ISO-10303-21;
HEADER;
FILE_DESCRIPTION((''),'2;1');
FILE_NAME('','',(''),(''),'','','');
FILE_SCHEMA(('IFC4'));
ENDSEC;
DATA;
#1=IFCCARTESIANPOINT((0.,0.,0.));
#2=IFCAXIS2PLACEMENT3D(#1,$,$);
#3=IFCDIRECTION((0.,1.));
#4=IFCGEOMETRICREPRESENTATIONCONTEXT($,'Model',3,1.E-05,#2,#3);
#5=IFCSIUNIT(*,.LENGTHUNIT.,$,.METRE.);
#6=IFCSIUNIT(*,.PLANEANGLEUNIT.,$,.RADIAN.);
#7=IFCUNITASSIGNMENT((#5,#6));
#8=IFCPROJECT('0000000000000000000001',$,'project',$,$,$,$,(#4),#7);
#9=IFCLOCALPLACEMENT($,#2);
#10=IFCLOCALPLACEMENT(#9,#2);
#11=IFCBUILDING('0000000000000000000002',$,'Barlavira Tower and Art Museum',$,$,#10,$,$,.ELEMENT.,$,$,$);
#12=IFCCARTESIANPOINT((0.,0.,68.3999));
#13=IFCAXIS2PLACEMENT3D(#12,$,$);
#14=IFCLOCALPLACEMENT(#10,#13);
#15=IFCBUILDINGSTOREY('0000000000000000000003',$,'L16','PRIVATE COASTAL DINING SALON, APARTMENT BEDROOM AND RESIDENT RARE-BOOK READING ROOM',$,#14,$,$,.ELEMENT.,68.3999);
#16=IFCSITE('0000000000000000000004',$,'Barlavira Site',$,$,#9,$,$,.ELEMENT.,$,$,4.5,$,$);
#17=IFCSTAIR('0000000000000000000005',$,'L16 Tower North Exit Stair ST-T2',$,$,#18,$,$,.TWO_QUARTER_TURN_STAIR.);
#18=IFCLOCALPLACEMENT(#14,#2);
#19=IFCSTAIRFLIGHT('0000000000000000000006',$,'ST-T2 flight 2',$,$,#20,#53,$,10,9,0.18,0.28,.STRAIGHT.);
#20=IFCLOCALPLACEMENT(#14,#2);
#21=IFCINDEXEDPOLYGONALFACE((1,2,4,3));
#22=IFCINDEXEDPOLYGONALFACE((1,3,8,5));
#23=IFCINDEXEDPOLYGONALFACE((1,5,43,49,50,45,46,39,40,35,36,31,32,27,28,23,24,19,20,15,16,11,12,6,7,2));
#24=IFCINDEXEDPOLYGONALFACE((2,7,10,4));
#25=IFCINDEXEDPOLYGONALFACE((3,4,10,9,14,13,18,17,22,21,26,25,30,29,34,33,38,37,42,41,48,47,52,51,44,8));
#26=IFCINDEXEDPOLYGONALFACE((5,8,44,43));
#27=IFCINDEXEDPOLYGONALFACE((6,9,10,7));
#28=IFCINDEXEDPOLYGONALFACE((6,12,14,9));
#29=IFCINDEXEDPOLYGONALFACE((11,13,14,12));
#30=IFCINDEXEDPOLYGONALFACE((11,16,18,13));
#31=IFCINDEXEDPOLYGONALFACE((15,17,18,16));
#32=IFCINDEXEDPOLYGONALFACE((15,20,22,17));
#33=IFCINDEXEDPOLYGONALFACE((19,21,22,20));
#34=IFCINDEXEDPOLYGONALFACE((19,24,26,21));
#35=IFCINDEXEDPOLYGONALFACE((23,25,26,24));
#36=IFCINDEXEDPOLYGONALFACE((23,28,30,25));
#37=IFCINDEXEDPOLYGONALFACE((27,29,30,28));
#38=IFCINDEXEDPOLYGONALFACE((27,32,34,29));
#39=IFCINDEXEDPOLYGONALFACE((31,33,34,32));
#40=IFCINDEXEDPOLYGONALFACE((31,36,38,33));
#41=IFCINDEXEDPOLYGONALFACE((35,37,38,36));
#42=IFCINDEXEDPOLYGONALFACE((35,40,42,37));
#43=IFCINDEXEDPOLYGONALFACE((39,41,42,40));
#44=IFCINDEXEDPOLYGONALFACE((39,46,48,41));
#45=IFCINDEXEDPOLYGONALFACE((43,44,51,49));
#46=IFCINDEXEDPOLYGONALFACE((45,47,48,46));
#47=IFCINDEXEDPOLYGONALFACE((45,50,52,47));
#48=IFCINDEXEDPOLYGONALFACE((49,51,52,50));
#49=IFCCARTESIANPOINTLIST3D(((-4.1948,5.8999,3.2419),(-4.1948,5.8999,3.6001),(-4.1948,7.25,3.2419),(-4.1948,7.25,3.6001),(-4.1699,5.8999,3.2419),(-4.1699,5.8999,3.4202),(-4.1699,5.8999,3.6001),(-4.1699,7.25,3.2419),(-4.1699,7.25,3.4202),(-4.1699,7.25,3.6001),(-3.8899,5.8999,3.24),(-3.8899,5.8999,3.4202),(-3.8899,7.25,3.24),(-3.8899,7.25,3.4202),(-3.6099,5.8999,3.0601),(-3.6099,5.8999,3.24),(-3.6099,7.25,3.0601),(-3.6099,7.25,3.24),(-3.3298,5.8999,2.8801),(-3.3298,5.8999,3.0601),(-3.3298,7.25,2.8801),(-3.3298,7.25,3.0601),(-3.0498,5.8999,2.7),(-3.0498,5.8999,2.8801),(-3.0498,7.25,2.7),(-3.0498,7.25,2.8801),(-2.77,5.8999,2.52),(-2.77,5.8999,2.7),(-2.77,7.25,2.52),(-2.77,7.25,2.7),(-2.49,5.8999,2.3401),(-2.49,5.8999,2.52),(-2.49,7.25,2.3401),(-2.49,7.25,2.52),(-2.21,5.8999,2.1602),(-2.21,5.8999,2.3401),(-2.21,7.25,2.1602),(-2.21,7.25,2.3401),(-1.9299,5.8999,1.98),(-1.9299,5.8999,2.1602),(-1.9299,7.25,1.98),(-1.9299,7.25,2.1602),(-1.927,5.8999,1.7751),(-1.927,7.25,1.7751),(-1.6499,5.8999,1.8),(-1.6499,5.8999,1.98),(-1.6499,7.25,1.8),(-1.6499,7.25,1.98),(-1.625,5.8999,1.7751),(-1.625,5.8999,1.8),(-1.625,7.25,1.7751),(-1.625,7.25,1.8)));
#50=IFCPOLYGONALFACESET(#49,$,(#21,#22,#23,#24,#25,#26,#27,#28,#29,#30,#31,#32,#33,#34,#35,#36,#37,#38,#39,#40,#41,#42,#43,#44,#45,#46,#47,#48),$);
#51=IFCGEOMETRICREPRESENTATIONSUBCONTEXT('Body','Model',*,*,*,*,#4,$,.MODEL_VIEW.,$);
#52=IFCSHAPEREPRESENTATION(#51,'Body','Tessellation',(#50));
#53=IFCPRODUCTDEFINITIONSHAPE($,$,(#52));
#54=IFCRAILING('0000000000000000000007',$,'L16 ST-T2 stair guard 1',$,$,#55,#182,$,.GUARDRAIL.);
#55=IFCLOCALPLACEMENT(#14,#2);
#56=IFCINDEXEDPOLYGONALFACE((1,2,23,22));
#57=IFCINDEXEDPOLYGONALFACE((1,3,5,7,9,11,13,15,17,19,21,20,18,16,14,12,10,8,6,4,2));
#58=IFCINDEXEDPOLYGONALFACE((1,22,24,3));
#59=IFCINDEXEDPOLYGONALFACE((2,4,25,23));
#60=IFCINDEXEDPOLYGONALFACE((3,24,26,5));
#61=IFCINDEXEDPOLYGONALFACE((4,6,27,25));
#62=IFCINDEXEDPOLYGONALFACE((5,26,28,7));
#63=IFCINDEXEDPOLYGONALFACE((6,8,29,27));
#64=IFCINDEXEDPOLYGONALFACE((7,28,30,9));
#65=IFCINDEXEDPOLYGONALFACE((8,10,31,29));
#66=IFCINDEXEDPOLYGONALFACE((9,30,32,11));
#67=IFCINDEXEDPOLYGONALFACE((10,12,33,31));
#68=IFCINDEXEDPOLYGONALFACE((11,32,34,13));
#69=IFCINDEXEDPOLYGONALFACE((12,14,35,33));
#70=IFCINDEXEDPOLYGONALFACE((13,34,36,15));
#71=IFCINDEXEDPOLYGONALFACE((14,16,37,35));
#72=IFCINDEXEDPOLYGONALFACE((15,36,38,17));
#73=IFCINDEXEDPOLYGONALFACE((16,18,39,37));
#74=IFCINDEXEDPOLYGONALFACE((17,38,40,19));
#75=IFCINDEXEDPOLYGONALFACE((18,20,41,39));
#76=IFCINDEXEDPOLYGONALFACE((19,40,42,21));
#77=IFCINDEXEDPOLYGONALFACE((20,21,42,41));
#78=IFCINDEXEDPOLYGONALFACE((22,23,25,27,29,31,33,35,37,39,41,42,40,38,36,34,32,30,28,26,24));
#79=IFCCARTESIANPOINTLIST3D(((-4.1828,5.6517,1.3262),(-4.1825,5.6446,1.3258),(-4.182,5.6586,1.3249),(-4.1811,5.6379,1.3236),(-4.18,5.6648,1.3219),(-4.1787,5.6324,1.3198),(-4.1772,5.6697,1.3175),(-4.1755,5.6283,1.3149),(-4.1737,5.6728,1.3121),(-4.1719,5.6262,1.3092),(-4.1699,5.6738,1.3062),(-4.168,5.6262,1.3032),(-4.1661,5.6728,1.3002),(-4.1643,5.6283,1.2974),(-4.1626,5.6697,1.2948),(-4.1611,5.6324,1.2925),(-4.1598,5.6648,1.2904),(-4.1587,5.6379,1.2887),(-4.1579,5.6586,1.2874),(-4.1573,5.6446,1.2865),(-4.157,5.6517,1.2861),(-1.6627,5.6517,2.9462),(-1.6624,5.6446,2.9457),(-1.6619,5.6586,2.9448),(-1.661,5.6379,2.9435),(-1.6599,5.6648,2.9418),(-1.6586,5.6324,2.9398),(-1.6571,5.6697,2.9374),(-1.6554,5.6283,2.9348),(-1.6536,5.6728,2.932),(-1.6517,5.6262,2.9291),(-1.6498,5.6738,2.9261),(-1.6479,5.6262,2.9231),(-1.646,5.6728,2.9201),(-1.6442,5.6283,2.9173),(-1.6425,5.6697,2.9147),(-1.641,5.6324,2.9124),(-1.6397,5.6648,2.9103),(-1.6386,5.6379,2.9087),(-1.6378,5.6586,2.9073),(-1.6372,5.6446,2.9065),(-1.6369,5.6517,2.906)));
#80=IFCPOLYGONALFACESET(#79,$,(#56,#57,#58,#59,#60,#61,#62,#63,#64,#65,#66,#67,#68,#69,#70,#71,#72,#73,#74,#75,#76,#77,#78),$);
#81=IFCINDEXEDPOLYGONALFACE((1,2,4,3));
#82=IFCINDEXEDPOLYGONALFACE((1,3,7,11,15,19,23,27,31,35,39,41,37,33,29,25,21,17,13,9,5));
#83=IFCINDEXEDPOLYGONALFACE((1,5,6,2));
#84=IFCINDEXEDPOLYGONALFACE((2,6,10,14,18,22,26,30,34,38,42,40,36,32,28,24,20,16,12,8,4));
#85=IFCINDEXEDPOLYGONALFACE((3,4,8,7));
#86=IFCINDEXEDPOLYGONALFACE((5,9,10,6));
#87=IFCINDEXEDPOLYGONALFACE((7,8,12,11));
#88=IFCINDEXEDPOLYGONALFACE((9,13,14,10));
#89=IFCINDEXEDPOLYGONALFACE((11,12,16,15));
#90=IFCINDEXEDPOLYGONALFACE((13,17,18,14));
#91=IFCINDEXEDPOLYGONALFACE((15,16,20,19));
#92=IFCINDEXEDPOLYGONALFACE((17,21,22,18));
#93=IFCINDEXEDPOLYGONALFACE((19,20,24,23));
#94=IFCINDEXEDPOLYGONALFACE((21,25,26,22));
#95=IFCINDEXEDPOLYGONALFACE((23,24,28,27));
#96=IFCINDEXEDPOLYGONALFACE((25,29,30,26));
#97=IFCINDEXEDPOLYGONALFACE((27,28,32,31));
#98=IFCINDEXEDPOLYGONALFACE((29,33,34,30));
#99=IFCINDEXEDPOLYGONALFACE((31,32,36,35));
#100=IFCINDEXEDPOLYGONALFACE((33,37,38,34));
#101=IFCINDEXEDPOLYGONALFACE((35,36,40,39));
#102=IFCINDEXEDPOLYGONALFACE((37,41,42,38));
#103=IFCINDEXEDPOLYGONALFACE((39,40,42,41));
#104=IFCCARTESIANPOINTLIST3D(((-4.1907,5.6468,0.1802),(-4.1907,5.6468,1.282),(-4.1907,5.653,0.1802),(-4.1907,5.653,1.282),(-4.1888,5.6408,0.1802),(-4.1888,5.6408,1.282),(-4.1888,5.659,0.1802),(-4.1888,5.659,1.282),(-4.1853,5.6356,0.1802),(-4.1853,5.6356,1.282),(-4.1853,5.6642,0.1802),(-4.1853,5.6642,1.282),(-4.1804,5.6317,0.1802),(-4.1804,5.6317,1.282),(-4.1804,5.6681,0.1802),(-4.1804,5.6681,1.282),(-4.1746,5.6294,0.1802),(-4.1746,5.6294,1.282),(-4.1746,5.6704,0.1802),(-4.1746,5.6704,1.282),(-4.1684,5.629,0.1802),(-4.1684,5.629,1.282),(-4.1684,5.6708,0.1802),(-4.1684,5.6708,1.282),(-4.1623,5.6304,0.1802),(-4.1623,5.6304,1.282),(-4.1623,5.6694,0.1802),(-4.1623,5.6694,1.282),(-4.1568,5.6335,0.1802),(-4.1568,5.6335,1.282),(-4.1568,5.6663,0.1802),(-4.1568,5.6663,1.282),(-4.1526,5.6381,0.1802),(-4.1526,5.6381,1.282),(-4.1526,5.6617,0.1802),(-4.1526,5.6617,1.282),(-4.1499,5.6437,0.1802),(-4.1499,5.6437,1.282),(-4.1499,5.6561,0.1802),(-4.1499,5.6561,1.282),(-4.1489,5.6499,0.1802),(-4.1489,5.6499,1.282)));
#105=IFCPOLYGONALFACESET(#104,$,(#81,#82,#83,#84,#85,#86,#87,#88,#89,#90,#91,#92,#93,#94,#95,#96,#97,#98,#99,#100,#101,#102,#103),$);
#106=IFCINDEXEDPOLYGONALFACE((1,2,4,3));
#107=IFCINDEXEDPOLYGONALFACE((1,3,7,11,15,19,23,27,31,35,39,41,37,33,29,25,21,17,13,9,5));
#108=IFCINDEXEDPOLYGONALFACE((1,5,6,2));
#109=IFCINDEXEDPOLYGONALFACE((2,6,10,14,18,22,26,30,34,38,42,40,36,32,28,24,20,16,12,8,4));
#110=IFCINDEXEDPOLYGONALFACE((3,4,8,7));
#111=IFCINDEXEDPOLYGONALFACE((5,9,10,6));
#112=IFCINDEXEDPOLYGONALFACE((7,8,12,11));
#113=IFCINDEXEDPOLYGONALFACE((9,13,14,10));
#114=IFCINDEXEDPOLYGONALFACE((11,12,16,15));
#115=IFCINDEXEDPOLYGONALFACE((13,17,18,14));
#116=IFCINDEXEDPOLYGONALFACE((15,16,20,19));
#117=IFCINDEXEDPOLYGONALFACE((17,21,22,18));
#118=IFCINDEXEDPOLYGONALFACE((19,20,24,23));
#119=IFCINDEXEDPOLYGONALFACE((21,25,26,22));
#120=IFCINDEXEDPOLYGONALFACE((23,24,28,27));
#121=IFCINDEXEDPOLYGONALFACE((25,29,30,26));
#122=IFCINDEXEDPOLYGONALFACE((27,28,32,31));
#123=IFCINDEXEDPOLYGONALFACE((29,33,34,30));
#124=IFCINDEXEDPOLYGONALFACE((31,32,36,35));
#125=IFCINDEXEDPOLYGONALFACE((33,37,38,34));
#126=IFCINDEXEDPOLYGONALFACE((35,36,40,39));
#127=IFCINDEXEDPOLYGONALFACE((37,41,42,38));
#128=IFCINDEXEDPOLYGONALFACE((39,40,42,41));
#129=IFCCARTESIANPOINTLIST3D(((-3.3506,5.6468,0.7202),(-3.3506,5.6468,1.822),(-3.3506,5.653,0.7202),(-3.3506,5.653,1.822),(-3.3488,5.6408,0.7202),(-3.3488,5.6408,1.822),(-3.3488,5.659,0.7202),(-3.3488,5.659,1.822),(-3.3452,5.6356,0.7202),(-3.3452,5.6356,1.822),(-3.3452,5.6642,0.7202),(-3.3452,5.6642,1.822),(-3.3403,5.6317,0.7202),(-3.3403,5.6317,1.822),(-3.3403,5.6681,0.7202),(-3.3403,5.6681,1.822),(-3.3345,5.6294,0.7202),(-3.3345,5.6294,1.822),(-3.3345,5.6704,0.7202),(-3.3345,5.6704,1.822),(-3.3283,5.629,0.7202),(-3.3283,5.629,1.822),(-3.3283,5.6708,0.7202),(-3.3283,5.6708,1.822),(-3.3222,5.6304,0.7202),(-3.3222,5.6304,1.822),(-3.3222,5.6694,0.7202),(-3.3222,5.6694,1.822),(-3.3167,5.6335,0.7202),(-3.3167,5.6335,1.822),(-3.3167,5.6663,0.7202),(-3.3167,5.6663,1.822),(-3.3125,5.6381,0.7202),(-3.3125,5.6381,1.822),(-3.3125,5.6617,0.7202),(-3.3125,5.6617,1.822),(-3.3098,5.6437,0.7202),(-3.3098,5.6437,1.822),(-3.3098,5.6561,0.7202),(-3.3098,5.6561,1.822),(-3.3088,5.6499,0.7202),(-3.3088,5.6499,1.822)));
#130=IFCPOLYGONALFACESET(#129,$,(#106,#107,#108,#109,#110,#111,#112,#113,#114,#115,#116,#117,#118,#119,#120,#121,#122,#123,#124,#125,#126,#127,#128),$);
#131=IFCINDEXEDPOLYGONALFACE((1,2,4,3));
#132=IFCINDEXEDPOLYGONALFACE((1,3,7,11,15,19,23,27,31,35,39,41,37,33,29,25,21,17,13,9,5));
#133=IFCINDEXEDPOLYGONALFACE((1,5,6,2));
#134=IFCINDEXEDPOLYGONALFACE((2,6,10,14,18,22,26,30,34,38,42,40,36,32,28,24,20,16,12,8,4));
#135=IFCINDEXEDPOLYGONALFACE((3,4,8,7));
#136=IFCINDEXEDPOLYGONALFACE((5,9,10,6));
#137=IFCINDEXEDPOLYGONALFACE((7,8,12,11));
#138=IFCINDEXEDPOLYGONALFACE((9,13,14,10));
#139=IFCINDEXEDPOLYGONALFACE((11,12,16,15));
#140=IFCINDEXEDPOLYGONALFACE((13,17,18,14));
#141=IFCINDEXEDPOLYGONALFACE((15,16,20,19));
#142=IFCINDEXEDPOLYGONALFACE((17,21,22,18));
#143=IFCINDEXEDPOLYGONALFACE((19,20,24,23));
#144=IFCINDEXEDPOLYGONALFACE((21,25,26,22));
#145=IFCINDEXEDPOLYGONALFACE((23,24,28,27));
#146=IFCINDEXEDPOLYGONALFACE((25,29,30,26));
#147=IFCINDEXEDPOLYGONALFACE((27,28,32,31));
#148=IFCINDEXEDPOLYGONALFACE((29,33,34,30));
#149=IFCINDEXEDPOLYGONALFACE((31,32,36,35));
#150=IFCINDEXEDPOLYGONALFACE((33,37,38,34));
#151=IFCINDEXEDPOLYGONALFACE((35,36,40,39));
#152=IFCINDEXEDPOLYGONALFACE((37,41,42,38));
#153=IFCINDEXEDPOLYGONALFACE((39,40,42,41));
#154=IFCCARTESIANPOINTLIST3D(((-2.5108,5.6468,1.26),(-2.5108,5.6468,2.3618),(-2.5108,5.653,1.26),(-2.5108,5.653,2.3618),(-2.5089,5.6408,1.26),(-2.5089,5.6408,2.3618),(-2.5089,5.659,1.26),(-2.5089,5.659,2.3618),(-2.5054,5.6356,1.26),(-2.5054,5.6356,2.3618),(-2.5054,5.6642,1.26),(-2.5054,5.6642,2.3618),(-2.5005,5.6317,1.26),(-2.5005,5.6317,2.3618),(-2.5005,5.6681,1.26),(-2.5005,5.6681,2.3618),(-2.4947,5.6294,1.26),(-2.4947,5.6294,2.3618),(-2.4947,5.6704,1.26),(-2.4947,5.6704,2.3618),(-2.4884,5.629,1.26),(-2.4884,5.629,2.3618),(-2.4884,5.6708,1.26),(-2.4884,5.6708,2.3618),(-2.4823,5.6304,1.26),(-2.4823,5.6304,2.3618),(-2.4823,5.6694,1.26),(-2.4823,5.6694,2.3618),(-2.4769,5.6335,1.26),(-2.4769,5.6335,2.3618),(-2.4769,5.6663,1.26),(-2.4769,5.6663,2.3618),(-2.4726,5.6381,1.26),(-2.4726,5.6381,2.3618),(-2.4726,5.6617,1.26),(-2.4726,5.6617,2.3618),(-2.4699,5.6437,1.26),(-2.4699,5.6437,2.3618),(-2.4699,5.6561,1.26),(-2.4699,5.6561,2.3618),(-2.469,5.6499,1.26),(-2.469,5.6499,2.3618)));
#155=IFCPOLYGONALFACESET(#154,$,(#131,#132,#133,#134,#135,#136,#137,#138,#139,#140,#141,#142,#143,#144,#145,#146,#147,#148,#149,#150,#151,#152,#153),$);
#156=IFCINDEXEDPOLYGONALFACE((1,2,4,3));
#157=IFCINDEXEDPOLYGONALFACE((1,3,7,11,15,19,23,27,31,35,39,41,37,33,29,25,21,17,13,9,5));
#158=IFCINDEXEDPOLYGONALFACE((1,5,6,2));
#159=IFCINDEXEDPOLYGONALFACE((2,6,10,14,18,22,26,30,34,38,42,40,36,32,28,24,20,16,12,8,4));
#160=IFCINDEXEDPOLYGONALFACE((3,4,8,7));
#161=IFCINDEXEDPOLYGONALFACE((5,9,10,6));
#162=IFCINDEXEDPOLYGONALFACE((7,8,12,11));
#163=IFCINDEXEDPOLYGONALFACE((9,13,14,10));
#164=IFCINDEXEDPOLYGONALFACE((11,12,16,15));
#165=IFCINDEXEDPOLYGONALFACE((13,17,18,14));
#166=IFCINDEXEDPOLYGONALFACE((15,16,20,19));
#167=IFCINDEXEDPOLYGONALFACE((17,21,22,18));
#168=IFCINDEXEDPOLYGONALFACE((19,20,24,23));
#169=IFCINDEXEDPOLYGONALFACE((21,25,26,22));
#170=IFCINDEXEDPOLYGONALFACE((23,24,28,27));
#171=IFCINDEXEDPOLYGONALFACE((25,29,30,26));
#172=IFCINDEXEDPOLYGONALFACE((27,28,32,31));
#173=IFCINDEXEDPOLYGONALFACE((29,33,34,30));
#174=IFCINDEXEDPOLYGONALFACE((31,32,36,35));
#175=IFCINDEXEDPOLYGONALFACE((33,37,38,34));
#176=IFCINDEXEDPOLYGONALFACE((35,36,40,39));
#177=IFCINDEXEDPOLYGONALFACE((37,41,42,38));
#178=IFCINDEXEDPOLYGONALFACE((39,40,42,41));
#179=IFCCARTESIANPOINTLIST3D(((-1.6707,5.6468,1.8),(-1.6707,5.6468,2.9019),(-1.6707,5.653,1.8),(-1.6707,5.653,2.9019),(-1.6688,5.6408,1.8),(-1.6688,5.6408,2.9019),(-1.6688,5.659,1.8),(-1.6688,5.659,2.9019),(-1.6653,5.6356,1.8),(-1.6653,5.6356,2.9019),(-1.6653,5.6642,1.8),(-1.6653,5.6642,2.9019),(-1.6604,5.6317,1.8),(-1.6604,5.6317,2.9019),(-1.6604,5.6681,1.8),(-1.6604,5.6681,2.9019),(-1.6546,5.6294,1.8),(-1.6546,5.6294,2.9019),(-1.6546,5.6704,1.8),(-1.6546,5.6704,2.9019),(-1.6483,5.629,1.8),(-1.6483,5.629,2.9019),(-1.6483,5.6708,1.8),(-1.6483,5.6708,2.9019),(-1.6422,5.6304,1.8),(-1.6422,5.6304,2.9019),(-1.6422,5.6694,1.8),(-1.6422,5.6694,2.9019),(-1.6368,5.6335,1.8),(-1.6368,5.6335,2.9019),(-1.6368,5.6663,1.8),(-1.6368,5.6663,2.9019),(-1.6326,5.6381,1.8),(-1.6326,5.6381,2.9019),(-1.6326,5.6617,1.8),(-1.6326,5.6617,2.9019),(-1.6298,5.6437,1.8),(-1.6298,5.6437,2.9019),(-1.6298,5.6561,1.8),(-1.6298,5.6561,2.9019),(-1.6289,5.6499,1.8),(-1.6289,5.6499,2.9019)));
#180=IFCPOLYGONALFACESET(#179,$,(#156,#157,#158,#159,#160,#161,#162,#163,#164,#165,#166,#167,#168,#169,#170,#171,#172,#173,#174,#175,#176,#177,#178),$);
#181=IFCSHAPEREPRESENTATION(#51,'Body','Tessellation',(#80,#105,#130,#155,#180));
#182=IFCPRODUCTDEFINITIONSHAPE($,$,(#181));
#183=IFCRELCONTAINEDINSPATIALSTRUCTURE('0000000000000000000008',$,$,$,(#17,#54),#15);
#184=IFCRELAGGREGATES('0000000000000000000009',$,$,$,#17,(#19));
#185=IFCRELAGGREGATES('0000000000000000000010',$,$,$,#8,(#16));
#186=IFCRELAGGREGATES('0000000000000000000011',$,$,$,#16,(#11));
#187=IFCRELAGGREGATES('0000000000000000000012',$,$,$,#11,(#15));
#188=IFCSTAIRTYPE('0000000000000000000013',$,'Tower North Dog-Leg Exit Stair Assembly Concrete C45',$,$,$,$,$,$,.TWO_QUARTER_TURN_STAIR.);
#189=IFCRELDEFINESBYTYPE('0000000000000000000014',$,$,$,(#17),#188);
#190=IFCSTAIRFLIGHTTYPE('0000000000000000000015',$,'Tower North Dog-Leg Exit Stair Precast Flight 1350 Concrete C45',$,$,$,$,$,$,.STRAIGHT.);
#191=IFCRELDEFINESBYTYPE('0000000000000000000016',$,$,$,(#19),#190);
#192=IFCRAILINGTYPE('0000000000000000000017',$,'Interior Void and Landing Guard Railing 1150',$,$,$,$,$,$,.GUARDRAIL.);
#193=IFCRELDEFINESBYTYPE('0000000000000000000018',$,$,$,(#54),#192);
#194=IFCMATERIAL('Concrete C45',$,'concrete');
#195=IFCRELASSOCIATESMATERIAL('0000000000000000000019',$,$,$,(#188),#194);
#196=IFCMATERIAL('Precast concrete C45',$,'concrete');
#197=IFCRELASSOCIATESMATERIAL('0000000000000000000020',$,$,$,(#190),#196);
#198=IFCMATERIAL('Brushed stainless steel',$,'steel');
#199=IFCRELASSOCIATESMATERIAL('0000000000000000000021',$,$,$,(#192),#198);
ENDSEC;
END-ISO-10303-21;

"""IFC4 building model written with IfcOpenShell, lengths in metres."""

from ifc_helpers import new_model, si_unit, direction, frame, origin, origin_2d, place, context, subcontext, project, spatial, polyline, circle, outline, extrude, material, type_object, element, aggregate, save


model = new_model("IFC4")

# Units and contexts
model_context = context("Model", 3, precision=1e-05, world=origin(), true_north=direction((0.0, 1.0)))
body_context = subcontext(model_context, "Body", "Model", "MODEL_VIEW")
ifc_project = project(units=[si_unit("LENGTHUNIT", "METRE"), si_unit("PLANEANGLEUNIT", "RADIAN")], contexts=[model_context])

# Site, building, storey
site_placement = place(None, origin())
site = spatial("IfcSite", under=ifc_project, at=site_placement, Name="Barlavira Site", CompositionType="ELEMENT", RefElevation=4.5)
building_placement = place(site_placement, origin())
building = spatial("IfcBuilding", under=site, at=building_placement, Name="Barlavira Tower and Art Museum", CompositionType="ELEMENT")
storey_placement = place(building_placement, frame((0.0, 0.0, 68.3999)))
storey = spatial("IfcBuildingStorey", under=building, at=storey_placement, Name="L16", Description="PRIVATE COASTAL DINING SALON, APARTMENT BEDROOM AND RESIDENT RARE-BOOK READING ROOM", CompositionType="ELEMENT", Elevation=68.3999)

# Shared definitions
ifc_material_1 = material(Name="Brushed stainless steel", Category="steel")

# Stair, stair flight
ifc_material_2 = material(Name="Concrete C45", Category="concrete")
stair_type = type_object("IfcStairType", Name="Tower North Dog-Leg Exit Stair Assembly Concrete C45", PredefinedType="TWO_QUARTER_TURN_STAIR", material=ifc_material_2)
stair_placement = place(storey_placement, origin())
stair = element("IfcStair", 1, at=stair_placement, inside=storey, type_object=stair_type, Name="L16 Tower North Exit Stair ST-T2", PredefinedType="TWO_QUARTER_TURN_STAIR")
ifc_material_3 = material(Name="Precast concrete C45", Category="concrete")
stair_flight_type = type_object("IfcStairFlightType", Name="Tower North Dog-Leg Exit Stair Precast Flight 1350 Concrete C45", PredefinedType="STRAIGHT", material=ifc_material_3)
stair_flight_1_placement = place(storey_placement, frame((-1.6499, 6.575, 1.8), z_axis=(0.0, 0.0, 1.0), x_axis=(-1.0, 0.0, 0.0)))
stair_flight_1 = element("IfcStairFlight", 2, at=stair_flight_1_placement, type_object=stair_flight_type, Name="ST-T2 flight 2", NumberOfRisers=10, NumberOfTreads=9, PredefinedType="STRAIGHT", RiserHeight=0.18, TreadLength=0.28, context=body_context, shape_type="SweptSolid", body=[
    extrude(outline(polyline([(-0.0249, 0.0), (0.0, 0.0), (0.0, 0.1799), (0.28, 0.1799), (0.28, 0.3601), (0.5601, 0.3601), (0.5601, 0.54), (0.8401, 0.54), (0.8401, 0.72), (1.1201, 0.72), (1.1201, 0.8999), (1.3999, 0.8999), (1.3999, 1.0801), (1.6799, 1.0801), (1.6799, 1.26), (1.96, 1.26), (1.96, 1.4399), (2.24, 1.4399), (2.24, 1.6201), (2.52, 1.6201), (2.52, 1.8), (2.5449, 1.8), (2.5449, 1.4419), (2.52, 1.4419), (0.2771, -0.0249), (-0.0249, -0.0249), (-0.0249, 0.0)])), frame((0.0, 0.675, 0.0), z_axis=(0.0, -1.0, 0.0), x_axis=(1.0, 0.0, 0.0)), (0.0, 0.0, 1.0), 1.3501),
])
aggregate(stair, [stair_flight_1])

# Railing
railing_type_1 = type_object("IfcRailingType", Name="Interior Void and Landing Guard Railing 1150", PredefinedType="GUARDRAIL", material=ifc_material_1)
railing_1_placement = place(storey_placement, frame((-4.1699, 5.6499, 0.1802)))
element("IfcRailing", 3, at=railing_1_placement, inside=storey, type_object=railing_type_1, Name="L16 ST-T2 stair guard 1", PredefinedType="GUARDRAIL", context=body_context, shape_type="SweptSolid", body=[
    extrude(circle(Radius=0.0239, at=origin_2d()), frame((0.0, 0.0, 1.126), z_axis=(0.8412, 0.0, 0.540725), x_axis=(0.0, 1.0, 0.0)), (0.0, 0.0, 1.0), 2.9958),
    extrude(circle(Radius=0.021, at=origin_2d()), origin(), (0.0, 0.0, 1.0), 1.1018),
    extrude(circle(Radius=0.021, at=origin_2d()), frame((0.8401, 0.0, 0.54)), (0.0, 0.0, 1.0), 1.1018),
    extrude(circle(Radius=0.021, at=origin_2d()), frame((1.6799, 0.0, 1.0798)), (0.0, 0.0, 1.0), 1.1018),
    extrude(circle(Radius=0.021, at=origin_2d()), frame((2.52, 0.0, 1.6199)), (0.0, 0.0, 1.0), 1.1018),
])

save(model, "model.ifc")
